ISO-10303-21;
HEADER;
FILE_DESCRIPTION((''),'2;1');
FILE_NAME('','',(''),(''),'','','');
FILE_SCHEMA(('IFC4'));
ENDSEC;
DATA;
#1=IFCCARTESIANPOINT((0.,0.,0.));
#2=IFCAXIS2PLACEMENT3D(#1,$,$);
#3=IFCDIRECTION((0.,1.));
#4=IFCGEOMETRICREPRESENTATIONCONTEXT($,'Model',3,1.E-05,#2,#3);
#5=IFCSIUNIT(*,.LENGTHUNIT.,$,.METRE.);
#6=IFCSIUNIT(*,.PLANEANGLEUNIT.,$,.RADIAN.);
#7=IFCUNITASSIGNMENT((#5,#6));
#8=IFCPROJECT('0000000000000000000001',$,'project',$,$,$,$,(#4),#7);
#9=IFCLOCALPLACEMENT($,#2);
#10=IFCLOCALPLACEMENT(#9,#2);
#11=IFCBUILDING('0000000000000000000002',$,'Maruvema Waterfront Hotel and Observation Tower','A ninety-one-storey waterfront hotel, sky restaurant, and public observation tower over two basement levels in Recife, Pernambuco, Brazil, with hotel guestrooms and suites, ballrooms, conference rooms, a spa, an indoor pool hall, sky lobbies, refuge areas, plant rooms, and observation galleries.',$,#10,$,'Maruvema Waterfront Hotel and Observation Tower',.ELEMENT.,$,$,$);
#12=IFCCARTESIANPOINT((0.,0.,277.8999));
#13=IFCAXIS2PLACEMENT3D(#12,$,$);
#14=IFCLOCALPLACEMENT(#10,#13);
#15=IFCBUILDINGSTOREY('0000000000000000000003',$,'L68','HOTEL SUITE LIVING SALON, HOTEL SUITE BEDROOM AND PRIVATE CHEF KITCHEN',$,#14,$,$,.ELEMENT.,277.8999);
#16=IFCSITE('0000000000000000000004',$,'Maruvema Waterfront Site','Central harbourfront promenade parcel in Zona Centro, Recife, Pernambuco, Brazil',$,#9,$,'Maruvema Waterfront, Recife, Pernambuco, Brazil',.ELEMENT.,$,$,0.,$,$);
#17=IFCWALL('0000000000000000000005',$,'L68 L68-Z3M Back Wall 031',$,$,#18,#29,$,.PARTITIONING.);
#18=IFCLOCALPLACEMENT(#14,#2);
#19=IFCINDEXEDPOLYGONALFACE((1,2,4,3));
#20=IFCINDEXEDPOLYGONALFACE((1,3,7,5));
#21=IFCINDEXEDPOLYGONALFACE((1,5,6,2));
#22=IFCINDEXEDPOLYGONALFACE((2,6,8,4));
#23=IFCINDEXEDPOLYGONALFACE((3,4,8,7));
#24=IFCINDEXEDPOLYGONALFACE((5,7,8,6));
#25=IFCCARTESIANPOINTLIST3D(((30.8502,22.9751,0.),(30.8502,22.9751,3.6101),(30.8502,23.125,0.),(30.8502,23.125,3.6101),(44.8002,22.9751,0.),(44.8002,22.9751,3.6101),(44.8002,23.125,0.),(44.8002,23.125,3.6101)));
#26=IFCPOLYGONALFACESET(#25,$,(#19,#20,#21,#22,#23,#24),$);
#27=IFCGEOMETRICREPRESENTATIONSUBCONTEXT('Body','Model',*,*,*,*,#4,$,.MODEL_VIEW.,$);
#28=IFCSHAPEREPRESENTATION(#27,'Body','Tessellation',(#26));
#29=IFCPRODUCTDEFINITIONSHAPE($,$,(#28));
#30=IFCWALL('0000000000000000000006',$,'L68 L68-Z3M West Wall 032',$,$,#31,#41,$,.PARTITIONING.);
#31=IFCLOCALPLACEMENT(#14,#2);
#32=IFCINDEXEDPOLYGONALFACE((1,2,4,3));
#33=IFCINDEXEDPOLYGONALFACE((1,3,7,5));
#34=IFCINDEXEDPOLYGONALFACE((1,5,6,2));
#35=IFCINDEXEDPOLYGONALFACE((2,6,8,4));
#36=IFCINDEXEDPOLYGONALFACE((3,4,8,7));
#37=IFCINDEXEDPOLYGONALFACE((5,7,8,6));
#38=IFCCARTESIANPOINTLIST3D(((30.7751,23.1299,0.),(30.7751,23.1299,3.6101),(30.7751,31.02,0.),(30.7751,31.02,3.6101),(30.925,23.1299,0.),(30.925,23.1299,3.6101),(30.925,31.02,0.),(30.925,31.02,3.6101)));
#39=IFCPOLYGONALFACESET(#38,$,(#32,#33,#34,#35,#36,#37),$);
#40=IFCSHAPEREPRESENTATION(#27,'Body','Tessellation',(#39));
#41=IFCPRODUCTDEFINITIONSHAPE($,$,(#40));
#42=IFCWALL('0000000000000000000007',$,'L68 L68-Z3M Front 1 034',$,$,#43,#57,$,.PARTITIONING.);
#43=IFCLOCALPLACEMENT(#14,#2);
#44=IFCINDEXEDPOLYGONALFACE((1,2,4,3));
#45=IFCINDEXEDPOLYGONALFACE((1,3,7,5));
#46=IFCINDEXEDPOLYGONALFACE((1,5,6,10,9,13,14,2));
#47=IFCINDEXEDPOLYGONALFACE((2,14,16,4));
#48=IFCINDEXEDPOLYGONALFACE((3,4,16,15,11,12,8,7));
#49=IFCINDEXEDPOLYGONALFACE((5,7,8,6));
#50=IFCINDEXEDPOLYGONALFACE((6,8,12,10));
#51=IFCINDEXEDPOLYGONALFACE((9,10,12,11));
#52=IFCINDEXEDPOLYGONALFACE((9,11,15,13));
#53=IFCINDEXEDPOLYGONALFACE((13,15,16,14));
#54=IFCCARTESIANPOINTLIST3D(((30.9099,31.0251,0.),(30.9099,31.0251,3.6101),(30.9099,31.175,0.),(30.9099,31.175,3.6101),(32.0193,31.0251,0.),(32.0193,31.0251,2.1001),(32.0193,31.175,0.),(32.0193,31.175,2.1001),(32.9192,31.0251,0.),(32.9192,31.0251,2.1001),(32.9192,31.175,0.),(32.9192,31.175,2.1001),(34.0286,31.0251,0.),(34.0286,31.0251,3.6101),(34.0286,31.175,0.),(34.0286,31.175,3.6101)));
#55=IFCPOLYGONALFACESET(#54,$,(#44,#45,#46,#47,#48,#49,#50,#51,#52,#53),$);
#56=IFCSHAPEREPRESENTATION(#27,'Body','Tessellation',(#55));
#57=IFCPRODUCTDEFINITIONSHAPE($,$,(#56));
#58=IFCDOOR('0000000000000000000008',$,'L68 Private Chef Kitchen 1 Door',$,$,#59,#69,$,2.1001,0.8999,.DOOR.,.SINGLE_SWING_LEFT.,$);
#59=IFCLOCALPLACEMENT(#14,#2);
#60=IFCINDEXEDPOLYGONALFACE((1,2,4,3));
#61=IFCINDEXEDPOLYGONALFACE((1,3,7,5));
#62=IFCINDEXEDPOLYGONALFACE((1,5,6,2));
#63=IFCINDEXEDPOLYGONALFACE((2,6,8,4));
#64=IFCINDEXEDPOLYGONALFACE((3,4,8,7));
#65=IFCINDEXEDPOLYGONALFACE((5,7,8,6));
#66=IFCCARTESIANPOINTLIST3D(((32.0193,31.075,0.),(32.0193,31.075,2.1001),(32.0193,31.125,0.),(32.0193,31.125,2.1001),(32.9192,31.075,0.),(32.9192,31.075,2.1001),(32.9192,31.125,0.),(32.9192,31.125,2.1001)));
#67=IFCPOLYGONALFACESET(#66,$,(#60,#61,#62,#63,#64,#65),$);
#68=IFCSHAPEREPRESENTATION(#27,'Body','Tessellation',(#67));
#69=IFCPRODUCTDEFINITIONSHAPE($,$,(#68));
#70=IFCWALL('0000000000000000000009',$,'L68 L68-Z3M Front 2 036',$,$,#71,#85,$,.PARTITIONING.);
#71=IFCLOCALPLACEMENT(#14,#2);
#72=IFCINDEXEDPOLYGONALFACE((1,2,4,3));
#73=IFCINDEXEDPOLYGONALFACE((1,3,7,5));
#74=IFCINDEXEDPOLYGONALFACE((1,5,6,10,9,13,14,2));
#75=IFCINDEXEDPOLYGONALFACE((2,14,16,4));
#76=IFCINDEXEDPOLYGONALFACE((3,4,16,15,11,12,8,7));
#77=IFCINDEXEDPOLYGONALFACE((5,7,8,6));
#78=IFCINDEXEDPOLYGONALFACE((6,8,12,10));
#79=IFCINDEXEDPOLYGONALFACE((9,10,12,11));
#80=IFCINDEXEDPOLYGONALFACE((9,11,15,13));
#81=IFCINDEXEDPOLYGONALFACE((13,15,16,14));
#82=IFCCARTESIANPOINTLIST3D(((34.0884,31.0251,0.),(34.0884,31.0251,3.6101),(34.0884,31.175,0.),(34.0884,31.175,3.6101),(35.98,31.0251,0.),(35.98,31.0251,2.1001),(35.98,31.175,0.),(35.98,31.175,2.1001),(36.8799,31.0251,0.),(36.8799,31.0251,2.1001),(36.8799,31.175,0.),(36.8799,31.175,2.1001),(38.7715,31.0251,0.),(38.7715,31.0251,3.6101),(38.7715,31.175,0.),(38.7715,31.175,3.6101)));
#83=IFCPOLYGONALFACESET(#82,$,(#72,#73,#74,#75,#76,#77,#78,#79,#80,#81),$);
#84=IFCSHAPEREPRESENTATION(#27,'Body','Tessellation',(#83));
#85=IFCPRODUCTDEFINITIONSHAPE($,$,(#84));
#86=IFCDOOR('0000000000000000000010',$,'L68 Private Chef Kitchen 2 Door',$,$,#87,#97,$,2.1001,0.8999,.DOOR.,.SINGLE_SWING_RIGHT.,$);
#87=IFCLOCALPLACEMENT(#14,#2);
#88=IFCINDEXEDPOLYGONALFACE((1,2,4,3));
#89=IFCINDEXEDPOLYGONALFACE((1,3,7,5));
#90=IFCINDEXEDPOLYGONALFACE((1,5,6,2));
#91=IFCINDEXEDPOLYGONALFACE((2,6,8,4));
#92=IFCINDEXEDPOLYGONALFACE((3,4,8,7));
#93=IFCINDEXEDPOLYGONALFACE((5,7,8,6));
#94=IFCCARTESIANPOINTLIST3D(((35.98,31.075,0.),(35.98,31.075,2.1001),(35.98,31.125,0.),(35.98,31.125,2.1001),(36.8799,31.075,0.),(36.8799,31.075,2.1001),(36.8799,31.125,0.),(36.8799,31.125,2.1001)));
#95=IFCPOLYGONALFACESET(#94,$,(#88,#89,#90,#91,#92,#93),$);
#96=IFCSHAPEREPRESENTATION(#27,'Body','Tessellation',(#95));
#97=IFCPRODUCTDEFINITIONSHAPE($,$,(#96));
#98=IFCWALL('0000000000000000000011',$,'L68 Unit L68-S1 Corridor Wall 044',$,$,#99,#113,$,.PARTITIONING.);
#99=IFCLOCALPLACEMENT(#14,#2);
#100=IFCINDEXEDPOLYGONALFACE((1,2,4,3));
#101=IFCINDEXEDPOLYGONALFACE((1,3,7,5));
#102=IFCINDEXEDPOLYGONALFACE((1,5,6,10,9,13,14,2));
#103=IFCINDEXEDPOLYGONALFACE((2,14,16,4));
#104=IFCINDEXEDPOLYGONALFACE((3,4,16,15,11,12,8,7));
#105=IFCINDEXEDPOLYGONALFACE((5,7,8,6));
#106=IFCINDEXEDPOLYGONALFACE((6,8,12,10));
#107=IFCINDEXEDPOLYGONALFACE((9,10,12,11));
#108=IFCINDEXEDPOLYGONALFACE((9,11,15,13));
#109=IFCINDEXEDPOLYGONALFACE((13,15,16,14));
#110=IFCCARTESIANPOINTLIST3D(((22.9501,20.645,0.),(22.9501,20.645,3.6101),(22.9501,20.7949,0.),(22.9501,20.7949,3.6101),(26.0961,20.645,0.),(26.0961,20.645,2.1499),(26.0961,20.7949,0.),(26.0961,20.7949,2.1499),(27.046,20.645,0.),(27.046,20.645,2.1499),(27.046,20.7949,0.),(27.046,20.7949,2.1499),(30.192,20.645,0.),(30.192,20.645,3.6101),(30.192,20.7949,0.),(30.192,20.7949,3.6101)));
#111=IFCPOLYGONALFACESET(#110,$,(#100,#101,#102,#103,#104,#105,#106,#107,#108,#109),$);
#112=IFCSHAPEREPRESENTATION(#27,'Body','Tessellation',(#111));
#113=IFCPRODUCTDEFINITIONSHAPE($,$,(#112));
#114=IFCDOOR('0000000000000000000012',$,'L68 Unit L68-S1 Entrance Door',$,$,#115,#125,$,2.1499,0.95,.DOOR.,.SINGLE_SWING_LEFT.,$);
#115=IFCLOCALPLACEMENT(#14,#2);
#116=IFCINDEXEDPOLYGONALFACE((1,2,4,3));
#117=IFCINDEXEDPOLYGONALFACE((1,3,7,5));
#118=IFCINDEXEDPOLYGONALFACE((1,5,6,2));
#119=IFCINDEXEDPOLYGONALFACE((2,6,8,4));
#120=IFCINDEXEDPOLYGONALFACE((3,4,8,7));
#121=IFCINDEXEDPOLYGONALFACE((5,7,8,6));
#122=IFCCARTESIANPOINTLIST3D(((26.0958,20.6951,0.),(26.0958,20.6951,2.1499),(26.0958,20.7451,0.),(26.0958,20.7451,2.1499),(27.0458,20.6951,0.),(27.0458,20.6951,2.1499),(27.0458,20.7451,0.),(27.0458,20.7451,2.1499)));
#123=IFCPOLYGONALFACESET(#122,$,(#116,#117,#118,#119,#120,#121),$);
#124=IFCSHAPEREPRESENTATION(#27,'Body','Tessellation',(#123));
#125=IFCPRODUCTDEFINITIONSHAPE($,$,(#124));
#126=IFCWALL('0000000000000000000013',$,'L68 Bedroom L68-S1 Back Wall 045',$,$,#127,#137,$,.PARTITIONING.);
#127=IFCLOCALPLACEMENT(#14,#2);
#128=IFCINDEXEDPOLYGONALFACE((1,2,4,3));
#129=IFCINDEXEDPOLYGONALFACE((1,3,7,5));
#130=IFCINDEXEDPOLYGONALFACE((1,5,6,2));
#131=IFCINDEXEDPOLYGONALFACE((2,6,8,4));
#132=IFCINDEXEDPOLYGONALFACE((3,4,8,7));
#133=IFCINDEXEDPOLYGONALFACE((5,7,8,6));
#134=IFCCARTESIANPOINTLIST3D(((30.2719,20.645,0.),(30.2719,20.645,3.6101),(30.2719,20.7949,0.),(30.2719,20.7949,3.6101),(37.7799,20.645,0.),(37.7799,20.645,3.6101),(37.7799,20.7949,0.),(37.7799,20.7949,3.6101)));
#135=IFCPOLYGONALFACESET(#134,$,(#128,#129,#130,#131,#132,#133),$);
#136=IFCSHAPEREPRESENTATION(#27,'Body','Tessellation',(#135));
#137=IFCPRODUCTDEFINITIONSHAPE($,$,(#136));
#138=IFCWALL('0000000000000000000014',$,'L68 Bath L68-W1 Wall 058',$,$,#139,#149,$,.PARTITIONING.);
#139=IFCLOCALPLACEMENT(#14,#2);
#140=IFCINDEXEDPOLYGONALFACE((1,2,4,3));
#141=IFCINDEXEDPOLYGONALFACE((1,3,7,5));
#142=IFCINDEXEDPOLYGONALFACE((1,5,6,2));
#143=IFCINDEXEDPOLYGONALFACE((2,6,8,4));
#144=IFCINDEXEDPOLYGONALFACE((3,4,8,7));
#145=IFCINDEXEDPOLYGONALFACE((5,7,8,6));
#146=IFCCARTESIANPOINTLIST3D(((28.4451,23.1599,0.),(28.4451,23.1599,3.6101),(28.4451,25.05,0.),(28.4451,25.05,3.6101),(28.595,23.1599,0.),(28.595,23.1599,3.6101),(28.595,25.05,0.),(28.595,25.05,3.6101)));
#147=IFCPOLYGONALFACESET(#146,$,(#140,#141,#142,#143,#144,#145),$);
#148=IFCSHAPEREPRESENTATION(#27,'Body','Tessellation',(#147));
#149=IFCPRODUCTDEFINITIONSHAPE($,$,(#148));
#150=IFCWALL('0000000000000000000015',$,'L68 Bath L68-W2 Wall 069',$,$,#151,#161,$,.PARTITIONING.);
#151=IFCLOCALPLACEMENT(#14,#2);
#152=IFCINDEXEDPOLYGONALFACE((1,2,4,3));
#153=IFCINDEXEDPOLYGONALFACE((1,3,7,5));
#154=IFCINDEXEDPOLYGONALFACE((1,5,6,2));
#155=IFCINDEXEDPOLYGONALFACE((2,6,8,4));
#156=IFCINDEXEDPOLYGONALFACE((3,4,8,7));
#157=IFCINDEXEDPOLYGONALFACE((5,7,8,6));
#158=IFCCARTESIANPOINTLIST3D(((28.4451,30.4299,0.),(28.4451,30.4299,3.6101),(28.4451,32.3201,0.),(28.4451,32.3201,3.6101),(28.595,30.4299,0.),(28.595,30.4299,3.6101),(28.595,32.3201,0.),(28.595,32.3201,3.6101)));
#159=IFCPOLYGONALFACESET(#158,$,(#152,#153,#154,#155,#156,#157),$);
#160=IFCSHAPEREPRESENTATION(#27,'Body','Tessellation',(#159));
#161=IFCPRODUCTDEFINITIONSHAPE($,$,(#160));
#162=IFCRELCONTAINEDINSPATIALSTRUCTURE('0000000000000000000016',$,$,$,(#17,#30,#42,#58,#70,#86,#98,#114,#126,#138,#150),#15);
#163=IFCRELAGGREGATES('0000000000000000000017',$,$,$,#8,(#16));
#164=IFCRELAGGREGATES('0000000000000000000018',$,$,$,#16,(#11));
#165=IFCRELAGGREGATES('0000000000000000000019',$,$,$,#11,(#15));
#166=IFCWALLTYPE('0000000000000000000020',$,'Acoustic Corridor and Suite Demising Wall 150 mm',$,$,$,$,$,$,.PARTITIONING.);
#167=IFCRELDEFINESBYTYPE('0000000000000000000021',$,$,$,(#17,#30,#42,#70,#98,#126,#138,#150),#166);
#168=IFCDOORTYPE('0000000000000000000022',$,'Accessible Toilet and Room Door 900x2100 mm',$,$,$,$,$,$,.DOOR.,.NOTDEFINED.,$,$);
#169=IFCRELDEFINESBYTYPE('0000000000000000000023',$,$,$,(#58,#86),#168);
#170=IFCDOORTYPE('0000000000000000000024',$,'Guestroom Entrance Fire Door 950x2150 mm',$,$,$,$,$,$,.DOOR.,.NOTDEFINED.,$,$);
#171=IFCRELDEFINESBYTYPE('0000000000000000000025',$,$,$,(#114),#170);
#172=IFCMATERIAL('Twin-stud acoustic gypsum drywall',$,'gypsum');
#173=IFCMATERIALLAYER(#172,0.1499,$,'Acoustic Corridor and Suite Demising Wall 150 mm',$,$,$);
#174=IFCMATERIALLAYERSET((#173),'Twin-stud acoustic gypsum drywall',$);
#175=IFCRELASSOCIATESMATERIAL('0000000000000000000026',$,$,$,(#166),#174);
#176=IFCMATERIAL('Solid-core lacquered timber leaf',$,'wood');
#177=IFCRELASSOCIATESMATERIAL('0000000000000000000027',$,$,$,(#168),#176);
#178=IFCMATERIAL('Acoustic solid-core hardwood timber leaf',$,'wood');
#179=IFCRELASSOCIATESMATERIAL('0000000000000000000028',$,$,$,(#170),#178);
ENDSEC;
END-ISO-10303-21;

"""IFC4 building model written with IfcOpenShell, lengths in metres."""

from ifc_helpers import new_model, si_unit, direction, frame, frame_2d, origin, place, context, subcontext, project, spatial, rectangle, extrude, material, layer, layer_set, type_object, element, fill, save


model = new_model("IFC4")

# Units and contexts
model_context = context("Model", 3, precision=1e-05, world=origin(), true_north=direction((0.0, 1.0)))
body_context = subcontext(model_context, "Body", "Model", "MODEL_VIEW")
ifc_project = project(units=[si_unit("LENGTHUNIT", "METRE"), si_unit("PLANEANGLEUNIT", "RADIAN")], contexts=[model_context])

# Site, building, storey
site_placement = place(None, origin())
site = spatial("IfcSite", under=ifc_project, at=site_placement, Name="Maruvema Waterfront Site", Description="Central harbourfront promenade parcel in Zona Centro, Recife, Pernambuco, Brazil", LongName="Maruvema Waterfront, Recife, Pernambuco, Brazil", CompositionType="ELEMENT", RefElevation=0.0)
building_placement = place(site_placement, origin())
building = spatial("IfcBuilding", under=site, at=building_placement, Name="Maruvema Waterfront Hotel and Observation Tower", Description="A ninety-one-storey waterfront hotel, sky restaurant, and public observation tower over two basement levels in Recife, Pernambuco, Brazil, with hotel guestrooms and suites, ballrooms, conference rooms, a spa, an indoor pool hall, sky lobbies, refuge areas, plant rooms, and observation galleries.", LongName="Maruvema Waterfront Hotel and Observation Tower", CompositionType="ELEMENT")
storey_placement = place(building_placement, frame((0.0, 0.0, 277.8999)))
storey = spatial("IfcBuildingStorey", under=building, at=storey_placement, Name="L68", Description="HOTEL SUITE LIVING SALON, HOTEL SUITE BEDROOM AND PRIVATE CHEF KITCHEN", CompositionType="ELEMENT", Elevation=277.8999)

# Walls
ifc_material_1 = material(Name="Twin-stud acoustic gypsum drywall", Category="gypsum")
ifc_layer_1 = layer(ifc_material_1, 0.1499, Name="Acoustic Corridor and Suite Demising Wall 150 mm")
ifc_layer_set_1 = layer_set([ifc_layer_1], Name="Twin-stud acoustic gypsum drywall")
wall_type_1 = type_object("IfcWallType", Name="Acoustic Corridor and Suite Demising Wall 150 mm", PredefinedType="PARTITIONING", material=ifc_layer_set_1)
wall_1_placement = place(storey_placement, frame((30.8501, 23.05, 0.0), z_axis=(0.0, 0.0, 1.0), x_axis=(1.0, 0.0, 0.0)))
element("IfcWall", 1, at=wall_1_placement, inside=storey, type_object=wall_type_1, Name="L68 L68-Z3M Back Wall 031", PredefinedType="PARTITIONING", context=body_context, shape_type="SweptSolid", body=[
    extrude(rectangle(XDim=13.95, YDim=0.1499, at=frame_2d((6.9751, 0.0))), origin(), (0.0, 0.0, 1.0), 3.6101),
])
wall_2_placement = place(storey_placement, frame((30.8501, 23.1299, 0.0), z_axis=(0.0, 0.0, 1.0), x_axis=(0.0, 1.0, 0.0)))
element("IfcWall", 2, at=wall_2_placement, inside=storey, type_object=wall_type_1, Name="L68 L68-Z3M West Wall 032", PredefinedType="PARTITIONING", context=body_context, shape_type="SweptSolid", body=[
    extrude(rectangle(XDim=7.8901, YDim=0.1499, at=frame_2d((3.9451, 0.0))), origin(), (0.0, 0.0, 1.0), 3.6101),
])

# Walls, openings, doors
wall_3_placement = place(storey_placement, frame((30.9099, 31.1001, 0.0), z_axis=(0.0, 0.0, 1.0), x_axis=(1.0, 0.0, 0.0)))
wall_3 = element("IfcWall", 3, at=wall_3_placement, inside=storey, type_object=wall_type_1, Name="L68 L68-Z3M Front 1 034", PredefinedType="PARTITIONING", context=body_context, shape_type="SweptSolid", body=[
    extrude(rectangle(XDim=3.1187, YDim=0.1499, at=frame_2d((1.5593, 0.0))), origin(), (0.0, 0.0, 1.0), 3.6101),
])
opening_1_placement = place(wall_3_placement, frame((1.1094, 0.0, 0.0)))
opening_1 = element("IfcOpeningElement", 4, at=opening_1_placement, cuts=wall_3, PredefinedType="OPENING", context=body_context, shape_type="SweptSolid", body=[
    extrude(rectangle(XDim=0.8999, YDim=2.1001, at=frame_2d((0.45, 1.05))), frame((0.0, 0.085, 0.0), z_axis=(0.0, -1.0, 0.0), x_axis=(1.0, 0.0, 0.0)), (0.0, 0.0, 1.0), 0.1699),
])
ifc_material_2 = material(Name="Solid-core lacquered timber leaf", Category="wood")
door_type_1 = type_object("IfcDoorType", Name="Accessible Toilet and Room Door 900x2100 mm", OperationType="NOTDEFINED", PredefinedType="DOOR", material=ifc_material_2)
door_1_placement = place(opening_1_placement, origin())
door_1 = element("IfcDoor", 5, at=door_1_placement, inside=storey, type_object=door_type_1, Name="L68 Private Chef Kitchen 1 Door", OperationType="SINGLE_SWING_LEFT", OverallHeight=2.1001, OverallWidth=0.8999, PredefinedType="DOOR", context=body_context, shape_type="SweptSolid", body=[
    extrude(rectangle(XDim=0.8999, YDim=2.1001, at=frame_2d((0.45, 1.05))), frame((0.0, 0.0249, 0.0), z_axis=(0.0, -1.0, 0.0), x_axis=(1.0, 0.0, 0.0)), (0.0, 0.0, 1.0), 0.05),
])
fill(opening_1, door_1)
wall_4_placement = place(storey_placement, frame((34.0884, 31.1001, 0.0), z_axis=(0.0, 0.0, 1.0), x_axis=(1.0, 0.0, 0.0)))
wall_4 = element("IfcWall", 6, at=wall_4_placement, inside=storey, type_object=wall_type_1, Name="L68 L68-Z3M Front 2 036", PredefinedType="PARTITIONING", context=body_context, shape_type="SweptSolid", body=[
    extrude(rectangle(XDim=4.6831, YDim=0.1499, at=frame_2d((2.3416, 0.0))), origin(), (0.0, 0.0, 1.0), 3.6101),
])
opening_2_placement = place(wall_4_placement, frame((1.8916, 0.0, 0.0)))
opening_2 = element("IfcOpeningElement", 7, at=opening_2_placement, cuts=wall_4, PredefinedType="OPENING", context=body_context, shape_type="SweptSolid", body=[
    extrude(rectangle(XDim=0.8999, YDim=2.1001, at=frame_2d((0.45, 1.05))), frame((0.0, 0.085, 0.0), z_axis=(0.0, -1.0, 0.0), x_axis=(1.0, 0.0, 0.0)), (0.0, 0.0, 1.0), 0.1699),
])
door_2_placement = place(opening_2_placement, origin())
door_2 = element("IfcDoor", 8, at=door_2_placement, inside=storey, type_object=door_type_1, Name="L68 Private Chef Kitchen 2 Door", OperationType="SINGLE_SWING_RIGHT", OverallHeight=2.1001, OverallWidth=0.8999, PredefinedType="DOOR", context=body_context, shape_type="SweptSolid", body=[
    extrude(rectangle(XDim=0.8999, YDim=2.1001, at=frame_2d((0.45, 1.05))), frame((0.0, 0.0249, 0.0), z_axis=(0.0, -1.0, 0.0), x_axis=(1.0, 0.0, 0.0)), (0.0, 0.0, 1.0), 0.05),
])
fill(opening_2, door_2)
wall_5_placement = place(storey_placement, frame((22.95, 20.72, 0.0), z_axis=(0.0, 0.0, 1.0), x_axis=(1.0, 0.0, 0.0)))
wall_5 = element("IfcWall", 9, at=wall_5_placement, inside=storey, type_object=wall_type_1, Name="L68 Unit L68-S1 Corridor Wall 044", PredefinedType="PARTITIONING", context=body_context, shape_type="SweptSolid", body=[
    extrude(rectangle(XDim=7.2419, YDim=0.1499, at=frame_2d((3.6211, 0.0))), origin(), (0.0, 0.0, 1.0), 3.6101),
])
opening_3_placement = place(wall_5_placement, frame((3.146, 0.0, 0.0)))
opening_3 = element("IfcOpeningElement", 10, at=opening_3_placement, cuts=wall_5, PredefinedType="OPENING", context=body_context, shape_type="SweptSolid", body=[
    extrude(rectangle(XDim=0.95, YDim=2.1499, at=frame_2d((0.4751, 1.075))), frame((0.0, 0.085, 0.0), z_axis=(0.0, -1.0, 0.0), x_axis=(1.0, 0.0, 0.0)), (0.0, 0.0, 1.0), 0.1699),
])
ifc_material_3 = material(Name="Acoustic solid-core hardwood timber leaf", Category="wood")
door_type_2 = type_object("IfcDoorType", Name="Guestroom Entrance Fire Door 950x2150 mm", OperationType="NOTDEFINED", PredefinedType="DOOR", material=ifc_material_3)
door_3_placement = place(opening_3_placement, frame((0.95, 0.0, 0.0), z_axis=(0.0, 0.0, 1.0), x_axis=(-1.0, 0.0, 0.0)))
door_3 = element("IfcDoor", 11, at=door_3_placement, inside=storey, type_object=door_type_2, Name="L68 Unit L68-S1 Entrance Door", OperationType="SINGLE_SWING_LEFT", OverallHeight=2.1499, OverallWidth=0.95, PredefinedType="DOOR", context=body_context, shape_type="SweptSolid", body=[
    extrude(rectangle(XDim=0.95, YDim=2.1499, at=frame_2d((0.4751, 1.075))), frame((0.0, 0.0249, 0.0), z_axis=(0.0, -1.0, 0.0), x_axis=(1.0, 0.0, 0.0)), (0.0, 0.0, 1.0), 0.05),
])
fill(opening_3, door_3)

# Walls
wall_6_placement = place(storey_placement, frame((30.272, 20.72, 0.0), z_axis=(0.0, 0.0, 1.0), x_axis=(1.0, 0.0, 0.0)))
element("IfcWall", 12, at=wall_6_placement, inside=storey, type_object=wall_type_1, Name="L68 Bedroom L68-S1 Back Wall 045", PredefinedType="PARTITIONING", context=body_context, shape_type="SweptSolid", body=[
    extrude(rectangle(XDim=7.5081, YDim=0.1499, at=frame_2d((3.7539, 0.0))), origin(), (0.0, 0.0, 1.0), 3.6101),
])
wall_7_placement = place(storey_placement, frame((28.52, 23.1599, 0.0), z_axis=(0.0, 0.0, 1.0), x_axis=(0.0, 1.0, 0.0)))
element("IfcWall", 13, at=wall_7_placement, inside=storey, type_object=wall_type_1, Name="L68 Bath L68-W1 Wall 058", PredefinedType="PARTITIONING", context=body_context, shape_type="SweptSolid", body=[
    extrude(rectangle(XDim=1.8901, YDim=0.1499, at=frame_2d((0.9451, 0.0))), origin(), (0.0, 0.0, 1.0), 3.6101),
])

# Wall
wall_8_placement = place(storey_placement, frame((28.52, 30.4299, 0.0), z_axis=(0.0, 0.0, 1.0), x_axis=(0.0, 1.0, 0.0)))
element("IfcWall", 14, at=wall_8_placement, inside=storey, type_object=wall_type_1, Name="L68 Bath L68-W2 Wall 069", PredefinedType="PARTITIONING", context=body_context, shape_type="SweptSolid", body=[
    extrude(rectangle(XDim=1.8901, YDim=0.1499, at=frame_2d((0.9451, 0.0))), origin(), (0.0, 0.0, 1.0), 3.6101),
])

save(model, "model.ifc")
